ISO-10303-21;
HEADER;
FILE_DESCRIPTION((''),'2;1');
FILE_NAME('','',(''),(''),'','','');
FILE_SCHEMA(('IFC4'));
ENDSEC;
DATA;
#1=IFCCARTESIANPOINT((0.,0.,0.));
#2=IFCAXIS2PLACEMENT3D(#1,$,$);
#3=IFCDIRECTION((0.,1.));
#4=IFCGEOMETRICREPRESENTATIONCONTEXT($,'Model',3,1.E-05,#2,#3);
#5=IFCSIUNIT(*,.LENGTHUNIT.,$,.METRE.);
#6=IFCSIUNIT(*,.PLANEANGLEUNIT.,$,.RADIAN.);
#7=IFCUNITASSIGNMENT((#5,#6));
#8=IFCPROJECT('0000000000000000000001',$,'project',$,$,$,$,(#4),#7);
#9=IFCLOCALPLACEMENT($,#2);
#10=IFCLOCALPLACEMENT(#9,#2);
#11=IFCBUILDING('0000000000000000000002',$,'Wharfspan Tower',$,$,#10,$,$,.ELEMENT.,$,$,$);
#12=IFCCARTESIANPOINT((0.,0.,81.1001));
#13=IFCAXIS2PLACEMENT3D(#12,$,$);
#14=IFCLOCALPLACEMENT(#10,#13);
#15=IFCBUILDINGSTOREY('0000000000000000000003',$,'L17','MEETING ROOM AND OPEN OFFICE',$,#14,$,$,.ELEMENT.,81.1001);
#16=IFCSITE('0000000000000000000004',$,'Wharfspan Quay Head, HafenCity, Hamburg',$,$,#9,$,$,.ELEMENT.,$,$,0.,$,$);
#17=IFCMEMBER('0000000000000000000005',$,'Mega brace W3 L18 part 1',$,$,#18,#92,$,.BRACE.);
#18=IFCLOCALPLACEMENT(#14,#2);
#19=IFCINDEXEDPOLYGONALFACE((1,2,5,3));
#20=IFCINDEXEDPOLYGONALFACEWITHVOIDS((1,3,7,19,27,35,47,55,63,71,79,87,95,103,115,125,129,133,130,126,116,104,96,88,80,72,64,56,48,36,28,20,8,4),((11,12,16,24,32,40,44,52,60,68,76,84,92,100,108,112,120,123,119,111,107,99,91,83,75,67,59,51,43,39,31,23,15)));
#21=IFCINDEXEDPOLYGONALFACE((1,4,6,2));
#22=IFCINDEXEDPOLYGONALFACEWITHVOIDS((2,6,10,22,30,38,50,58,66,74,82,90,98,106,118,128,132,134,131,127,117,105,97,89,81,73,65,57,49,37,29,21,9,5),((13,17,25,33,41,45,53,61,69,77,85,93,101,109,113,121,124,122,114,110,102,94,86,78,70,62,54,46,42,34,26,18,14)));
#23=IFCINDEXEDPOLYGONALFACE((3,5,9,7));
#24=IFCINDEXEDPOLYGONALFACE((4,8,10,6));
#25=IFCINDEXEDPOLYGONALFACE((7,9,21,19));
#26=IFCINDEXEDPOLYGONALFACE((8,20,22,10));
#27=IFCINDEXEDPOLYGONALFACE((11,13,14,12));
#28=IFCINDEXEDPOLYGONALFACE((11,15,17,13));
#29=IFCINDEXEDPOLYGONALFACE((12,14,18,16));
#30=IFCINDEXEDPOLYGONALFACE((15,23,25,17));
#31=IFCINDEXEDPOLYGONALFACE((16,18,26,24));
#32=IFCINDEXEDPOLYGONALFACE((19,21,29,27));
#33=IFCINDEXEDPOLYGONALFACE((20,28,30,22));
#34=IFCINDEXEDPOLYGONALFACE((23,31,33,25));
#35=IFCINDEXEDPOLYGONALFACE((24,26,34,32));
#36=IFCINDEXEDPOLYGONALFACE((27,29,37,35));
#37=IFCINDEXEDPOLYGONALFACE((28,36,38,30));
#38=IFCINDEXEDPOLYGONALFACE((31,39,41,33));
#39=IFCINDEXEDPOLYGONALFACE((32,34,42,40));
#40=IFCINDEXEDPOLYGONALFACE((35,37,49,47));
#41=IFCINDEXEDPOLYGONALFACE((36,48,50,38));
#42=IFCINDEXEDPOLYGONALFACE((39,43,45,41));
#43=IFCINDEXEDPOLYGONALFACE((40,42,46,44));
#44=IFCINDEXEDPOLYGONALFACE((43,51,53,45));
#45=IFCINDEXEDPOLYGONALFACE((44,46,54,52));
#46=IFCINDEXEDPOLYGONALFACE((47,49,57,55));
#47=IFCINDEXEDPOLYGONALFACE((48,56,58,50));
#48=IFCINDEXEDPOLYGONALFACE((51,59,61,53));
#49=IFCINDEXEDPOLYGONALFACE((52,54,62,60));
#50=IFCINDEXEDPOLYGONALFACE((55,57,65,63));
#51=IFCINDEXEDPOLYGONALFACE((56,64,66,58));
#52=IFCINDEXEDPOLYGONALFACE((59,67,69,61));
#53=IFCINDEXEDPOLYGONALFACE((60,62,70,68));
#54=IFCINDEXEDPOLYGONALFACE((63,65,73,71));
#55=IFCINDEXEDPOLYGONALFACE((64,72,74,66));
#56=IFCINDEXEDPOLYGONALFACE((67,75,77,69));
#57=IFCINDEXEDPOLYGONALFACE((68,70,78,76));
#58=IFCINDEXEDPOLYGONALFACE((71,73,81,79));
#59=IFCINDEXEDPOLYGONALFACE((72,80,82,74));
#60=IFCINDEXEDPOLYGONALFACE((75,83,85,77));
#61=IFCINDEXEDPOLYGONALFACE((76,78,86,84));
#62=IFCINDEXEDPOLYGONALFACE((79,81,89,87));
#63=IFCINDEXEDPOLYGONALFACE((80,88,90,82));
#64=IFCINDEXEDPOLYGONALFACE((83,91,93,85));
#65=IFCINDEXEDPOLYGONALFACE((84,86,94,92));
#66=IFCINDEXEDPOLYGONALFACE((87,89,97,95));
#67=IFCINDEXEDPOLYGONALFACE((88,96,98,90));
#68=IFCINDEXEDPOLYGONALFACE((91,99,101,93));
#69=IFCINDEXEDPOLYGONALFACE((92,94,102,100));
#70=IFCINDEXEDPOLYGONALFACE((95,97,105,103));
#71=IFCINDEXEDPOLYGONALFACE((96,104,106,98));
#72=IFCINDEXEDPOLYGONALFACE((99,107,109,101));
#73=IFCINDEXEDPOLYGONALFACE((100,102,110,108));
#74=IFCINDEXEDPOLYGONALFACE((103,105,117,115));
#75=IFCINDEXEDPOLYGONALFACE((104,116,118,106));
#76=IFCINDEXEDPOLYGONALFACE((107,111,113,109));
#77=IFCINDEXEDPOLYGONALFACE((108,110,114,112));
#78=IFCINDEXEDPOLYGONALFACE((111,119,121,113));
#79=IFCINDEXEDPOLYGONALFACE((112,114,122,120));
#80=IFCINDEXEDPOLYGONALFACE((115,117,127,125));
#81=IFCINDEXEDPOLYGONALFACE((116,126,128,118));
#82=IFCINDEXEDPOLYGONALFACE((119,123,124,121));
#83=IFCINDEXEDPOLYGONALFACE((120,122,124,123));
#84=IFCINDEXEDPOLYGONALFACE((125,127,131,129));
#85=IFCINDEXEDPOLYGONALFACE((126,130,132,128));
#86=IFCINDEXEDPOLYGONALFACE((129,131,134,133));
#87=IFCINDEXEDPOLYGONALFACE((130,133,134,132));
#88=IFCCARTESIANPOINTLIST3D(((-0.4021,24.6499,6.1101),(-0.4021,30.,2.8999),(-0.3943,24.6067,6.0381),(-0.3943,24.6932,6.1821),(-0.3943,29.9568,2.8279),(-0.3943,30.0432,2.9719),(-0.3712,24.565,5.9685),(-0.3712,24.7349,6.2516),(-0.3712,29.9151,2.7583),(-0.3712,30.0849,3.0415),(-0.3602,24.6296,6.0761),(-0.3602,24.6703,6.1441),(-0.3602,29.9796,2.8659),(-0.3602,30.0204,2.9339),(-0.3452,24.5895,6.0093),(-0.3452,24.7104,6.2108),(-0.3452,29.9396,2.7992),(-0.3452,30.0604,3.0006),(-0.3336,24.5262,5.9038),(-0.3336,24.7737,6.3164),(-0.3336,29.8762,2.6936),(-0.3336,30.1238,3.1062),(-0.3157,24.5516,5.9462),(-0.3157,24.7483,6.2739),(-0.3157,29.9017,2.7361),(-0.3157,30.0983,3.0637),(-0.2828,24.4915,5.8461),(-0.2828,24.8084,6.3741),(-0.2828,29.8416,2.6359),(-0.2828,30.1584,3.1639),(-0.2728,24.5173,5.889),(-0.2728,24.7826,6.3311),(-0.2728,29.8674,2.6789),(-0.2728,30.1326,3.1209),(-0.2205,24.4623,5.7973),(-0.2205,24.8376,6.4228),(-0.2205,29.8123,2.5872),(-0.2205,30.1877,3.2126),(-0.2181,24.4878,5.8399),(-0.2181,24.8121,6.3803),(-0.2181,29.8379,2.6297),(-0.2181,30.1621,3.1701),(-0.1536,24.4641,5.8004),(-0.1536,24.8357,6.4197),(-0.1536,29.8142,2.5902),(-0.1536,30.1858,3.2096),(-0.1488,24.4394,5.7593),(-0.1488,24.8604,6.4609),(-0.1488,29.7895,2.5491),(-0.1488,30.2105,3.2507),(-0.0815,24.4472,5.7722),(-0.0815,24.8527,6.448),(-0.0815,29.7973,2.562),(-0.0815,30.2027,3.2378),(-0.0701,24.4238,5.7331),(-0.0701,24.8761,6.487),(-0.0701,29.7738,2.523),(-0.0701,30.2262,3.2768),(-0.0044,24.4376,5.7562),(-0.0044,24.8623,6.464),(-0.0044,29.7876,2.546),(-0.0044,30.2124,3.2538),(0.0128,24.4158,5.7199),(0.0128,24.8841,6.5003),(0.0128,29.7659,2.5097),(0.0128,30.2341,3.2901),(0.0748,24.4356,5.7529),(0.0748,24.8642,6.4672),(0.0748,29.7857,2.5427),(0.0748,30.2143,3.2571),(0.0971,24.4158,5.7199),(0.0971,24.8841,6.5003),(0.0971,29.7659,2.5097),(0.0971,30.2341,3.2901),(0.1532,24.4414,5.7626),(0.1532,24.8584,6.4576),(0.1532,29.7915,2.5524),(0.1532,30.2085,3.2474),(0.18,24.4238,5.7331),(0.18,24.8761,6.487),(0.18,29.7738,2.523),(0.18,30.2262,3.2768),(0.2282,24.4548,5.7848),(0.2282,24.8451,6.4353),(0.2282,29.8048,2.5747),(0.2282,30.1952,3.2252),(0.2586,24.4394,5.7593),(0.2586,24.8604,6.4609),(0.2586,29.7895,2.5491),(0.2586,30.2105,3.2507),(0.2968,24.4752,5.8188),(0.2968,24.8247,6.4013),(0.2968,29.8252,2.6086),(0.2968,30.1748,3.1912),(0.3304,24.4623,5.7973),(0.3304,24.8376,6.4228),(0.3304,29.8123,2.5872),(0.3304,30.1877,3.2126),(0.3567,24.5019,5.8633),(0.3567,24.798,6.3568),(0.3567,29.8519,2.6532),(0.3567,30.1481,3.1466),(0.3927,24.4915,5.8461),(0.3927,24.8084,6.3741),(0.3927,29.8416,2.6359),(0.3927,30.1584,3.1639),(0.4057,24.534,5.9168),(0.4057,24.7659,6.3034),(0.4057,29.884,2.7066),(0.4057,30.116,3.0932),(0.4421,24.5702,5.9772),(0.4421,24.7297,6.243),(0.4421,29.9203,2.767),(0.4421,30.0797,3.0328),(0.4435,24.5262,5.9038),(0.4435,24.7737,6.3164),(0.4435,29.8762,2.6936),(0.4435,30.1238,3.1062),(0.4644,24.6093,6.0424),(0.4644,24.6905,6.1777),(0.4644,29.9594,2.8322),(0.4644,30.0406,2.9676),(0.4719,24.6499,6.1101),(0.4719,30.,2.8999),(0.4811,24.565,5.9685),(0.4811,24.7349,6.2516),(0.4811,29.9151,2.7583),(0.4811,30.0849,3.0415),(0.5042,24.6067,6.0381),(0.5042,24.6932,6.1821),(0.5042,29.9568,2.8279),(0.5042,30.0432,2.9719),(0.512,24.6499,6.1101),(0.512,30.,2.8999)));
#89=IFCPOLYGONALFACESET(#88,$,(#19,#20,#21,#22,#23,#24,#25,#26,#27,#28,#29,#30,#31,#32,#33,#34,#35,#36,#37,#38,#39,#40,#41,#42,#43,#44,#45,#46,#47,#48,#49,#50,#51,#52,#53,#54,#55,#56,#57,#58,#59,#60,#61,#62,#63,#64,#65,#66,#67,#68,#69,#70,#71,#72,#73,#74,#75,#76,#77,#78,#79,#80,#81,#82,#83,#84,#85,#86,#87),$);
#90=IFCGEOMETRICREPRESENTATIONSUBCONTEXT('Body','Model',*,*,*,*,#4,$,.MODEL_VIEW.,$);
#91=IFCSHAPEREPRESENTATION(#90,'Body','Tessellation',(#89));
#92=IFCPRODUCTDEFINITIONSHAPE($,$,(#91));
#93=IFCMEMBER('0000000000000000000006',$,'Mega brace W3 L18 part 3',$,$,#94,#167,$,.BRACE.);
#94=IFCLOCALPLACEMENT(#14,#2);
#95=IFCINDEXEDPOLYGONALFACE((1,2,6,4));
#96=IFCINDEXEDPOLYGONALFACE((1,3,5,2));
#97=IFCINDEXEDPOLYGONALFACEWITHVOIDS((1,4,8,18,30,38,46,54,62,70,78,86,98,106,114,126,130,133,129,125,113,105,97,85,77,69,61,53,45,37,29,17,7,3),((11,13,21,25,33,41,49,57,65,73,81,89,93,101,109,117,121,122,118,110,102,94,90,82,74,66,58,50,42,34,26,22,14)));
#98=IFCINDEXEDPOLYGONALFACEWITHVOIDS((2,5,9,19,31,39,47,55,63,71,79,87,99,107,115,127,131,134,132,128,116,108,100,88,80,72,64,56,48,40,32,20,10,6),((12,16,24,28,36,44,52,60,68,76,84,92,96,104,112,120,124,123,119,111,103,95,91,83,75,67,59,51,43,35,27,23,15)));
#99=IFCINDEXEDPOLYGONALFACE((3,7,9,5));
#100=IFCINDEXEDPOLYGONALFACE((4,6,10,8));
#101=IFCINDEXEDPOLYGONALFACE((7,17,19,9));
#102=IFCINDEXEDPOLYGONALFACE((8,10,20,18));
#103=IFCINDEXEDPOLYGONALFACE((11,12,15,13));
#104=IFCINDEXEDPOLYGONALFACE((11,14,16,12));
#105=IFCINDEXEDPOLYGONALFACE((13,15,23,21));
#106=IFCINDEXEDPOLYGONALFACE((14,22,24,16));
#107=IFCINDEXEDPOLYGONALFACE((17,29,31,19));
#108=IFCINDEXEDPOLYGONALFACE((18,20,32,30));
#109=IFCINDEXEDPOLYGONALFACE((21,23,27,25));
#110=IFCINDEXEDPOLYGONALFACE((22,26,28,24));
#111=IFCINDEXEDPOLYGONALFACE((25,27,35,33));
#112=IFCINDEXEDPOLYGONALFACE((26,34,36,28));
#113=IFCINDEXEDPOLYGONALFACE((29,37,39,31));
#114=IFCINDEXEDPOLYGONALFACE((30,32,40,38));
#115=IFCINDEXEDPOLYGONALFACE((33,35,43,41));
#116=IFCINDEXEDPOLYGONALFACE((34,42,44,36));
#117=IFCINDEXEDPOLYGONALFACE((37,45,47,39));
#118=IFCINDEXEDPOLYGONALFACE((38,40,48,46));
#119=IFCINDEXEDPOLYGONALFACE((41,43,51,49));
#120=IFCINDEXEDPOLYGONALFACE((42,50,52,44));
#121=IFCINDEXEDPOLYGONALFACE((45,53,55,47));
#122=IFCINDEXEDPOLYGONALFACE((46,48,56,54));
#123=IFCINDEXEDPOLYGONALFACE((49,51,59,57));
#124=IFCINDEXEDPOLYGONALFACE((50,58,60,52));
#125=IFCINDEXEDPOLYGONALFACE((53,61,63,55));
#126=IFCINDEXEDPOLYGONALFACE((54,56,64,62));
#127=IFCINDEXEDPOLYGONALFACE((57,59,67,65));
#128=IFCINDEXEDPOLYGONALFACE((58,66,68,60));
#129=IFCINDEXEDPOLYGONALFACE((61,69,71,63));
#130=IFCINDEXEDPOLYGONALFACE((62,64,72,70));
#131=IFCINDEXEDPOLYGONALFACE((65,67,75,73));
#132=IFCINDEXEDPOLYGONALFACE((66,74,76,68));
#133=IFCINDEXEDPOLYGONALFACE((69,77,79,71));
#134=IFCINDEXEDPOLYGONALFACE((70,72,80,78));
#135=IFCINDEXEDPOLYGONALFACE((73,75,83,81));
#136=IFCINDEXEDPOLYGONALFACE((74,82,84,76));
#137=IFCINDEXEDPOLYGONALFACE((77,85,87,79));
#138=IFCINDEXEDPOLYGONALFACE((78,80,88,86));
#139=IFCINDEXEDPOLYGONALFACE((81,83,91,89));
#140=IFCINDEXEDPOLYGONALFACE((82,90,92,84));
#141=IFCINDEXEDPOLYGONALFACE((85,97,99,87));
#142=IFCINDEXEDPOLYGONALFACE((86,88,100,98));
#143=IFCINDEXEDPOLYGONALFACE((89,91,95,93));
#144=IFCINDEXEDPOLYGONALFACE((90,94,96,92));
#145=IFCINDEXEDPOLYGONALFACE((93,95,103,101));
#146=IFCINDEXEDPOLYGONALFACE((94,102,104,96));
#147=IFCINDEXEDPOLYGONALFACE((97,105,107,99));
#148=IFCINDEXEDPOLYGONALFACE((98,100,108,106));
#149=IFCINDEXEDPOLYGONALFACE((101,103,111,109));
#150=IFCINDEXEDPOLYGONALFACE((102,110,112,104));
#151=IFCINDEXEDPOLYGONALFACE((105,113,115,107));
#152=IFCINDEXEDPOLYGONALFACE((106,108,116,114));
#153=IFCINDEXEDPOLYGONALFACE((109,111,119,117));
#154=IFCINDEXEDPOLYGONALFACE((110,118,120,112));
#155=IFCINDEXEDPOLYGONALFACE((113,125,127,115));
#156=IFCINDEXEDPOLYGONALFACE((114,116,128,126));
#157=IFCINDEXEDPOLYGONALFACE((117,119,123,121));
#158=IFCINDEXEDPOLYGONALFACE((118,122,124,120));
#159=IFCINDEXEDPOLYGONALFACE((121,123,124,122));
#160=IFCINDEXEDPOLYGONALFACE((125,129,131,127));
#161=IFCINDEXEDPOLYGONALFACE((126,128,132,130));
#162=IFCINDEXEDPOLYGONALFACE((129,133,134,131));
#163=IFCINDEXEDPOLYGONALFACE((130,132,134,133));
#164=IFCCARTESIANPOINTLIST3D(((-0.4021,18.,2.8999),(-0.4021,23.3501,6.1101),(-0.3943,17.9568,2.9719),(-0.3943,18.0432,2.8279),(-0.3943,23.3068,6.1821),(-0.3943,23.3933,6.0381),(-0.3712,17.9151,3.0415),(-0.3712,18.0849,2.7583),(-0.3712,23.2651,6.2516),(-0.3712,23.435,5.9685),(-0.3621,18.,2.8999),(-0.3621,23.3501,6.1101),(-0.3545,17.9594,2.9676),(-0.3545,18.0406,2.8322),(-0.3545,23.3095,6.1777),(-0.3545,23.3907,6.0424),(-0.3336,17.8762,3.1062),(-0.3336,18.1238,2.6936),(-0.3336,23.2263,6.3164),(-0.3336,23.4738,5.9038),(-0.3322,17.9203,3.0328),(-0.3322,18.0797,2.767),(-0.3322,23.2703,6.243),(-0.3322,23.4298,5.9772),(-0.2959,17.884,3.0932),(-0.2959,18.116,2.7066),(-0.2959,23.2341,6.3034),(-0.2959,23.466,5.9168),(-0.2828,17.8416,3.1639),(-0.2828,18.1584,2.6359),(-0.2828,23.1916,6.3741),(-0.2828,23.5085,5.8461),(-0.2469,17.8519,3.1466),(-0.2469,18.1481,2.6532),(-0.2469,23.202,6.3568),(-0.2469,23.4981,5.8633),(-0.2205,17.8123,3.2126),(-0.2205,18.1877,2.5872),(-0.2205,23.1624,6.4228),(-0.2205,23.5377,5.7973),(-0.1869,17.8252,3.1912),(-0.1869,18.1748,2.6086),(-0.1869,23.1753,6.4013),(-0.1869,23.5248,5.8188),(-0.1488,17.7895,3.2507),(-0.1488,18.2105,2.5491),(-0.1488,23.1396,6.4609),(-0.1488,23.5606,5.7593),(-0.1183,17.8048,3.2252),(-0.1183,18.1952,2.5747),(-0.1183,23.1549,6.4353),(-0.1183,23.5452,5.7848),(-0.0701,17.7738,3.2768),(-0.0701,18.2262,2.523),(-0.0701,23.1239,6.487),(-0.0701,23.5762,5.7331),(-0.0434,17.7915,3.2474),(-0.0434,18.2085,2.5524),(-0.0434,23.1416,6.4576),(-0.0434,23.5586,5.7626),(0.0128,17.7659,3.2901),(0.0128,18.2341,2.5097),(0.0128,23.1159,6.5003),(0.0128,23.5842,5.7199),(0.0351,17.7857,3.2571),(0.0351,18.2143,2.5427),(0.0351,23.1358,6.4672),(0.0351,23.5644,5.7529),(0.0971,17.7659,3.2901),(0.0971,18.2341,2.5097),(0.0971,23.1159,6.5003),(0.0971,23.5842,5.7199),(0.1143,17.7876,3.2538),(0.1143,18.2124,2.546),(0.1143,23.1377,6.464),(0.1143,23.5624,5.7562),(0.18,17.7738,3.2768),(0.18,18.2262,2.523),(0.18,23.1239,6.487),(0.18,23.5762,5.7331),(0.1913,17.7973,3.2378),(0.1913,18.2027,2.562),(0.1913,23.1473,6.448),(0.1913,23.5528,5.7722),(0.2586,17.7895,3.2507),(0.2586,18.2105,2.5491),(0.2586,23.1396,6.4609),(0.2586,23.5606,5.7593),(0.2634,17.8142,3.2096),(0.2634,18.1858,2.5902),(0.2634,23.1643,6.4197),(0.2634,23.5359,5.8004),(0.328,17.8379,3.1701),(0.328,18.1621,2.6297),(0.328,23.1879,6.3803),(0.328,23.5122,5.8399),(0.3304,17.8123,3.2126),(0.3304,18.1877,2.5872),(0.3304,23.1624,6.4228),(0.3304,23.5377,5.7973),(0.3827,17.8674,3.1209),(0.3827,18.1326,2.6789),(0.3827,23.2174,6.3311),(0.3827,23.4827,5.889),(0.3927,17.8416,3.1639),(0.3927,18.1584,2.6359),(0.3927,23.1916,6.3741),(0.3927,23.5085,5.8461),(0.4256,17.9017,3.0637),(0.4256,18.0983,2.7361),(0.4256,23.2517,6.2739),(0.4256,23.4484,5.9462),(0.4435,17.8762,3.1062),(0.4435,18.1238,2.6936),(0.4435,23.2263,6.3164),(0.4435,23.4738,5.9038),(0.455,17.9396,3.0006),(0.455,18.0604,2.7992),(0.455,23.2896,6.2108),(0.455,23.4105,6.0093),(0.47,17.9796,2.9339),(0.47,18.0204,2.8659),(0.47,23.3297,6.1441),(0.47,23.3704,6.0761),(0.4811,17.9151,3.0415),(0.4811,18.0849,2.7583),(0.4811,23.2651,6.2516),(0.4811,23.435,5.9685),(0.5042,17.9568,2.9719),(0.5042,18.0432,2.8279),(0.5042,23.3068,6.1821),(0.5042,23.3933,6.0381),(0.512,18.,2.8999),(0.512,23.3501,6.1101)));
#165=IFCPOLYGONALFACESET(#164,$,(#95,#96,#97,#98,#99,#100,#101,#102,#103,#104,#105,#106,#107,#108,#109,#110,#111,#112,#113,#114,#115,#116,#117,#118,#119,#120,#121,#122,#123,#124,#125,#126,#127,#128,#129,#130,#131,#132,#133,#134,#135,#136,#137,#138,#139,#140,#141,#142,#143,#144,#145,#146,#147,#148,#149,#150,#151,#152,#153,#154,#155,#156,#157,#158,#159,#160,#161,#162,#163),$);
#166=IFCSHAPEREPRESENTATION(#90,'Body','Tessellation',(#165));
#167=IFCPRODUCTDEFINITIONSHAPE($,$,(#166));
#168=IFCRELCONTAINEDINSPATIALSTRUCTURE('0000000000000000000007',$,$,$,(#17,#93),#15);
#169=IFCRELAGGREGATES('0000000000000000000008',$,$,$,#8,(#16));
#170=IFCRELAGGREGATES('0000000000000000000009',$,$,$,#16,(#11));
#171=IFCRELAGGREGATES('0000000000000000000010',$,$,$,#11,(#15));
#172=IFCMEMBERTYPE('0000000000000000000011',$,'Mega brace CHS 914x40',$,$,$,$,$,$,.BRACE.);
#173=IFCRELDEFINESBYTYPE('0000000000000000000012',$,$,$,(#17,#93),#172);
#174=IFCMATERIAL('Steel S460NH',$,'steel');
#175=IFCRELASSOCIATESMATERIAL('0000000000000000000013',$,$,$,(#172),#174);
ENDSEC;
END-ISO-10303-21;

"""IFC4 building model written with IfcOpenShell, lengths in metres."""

from ifc_helpers import new_model, si_unit, direction, frame, origin, origin_2d, place, context, subcontext, project, spatial, hollow_circle, extrude, material, material_profile, profile_set, type_object, element, save


model = new_model("IFC4")

# Units and contexts
model_context = context("Model", 3, precision=1e-05, world=origin(), true_north=direction((0.0, 1.0)))
body_context = subcontext(model_context, "Body", "Model", "MODEL_VIEW")
ifc_project = project(units=[si_unit("LENGTHUNIT", "METRE"), si_unit("PLANEANGLEUNIT", "RADIAN")], contexts=[model_context])

# Site, building, storey
site_placement = place(None, origin())
site = spatial("IfcSite", under=ifc_project, at=site_placement, Name="Wharfspan Quay Head, HafenCity, Hamburg", CompositionType="ELEMENT", RefElevation=0.0)
building_placement = place(site_placement, origin())
building = spatial("IfcBuilding", under=site, at=building_placement, Name="Wharfspan Tower", CompositionType="ELEMENT")
storey_placement = place(building_placement, frame((0.0, 0.0, 81.1001)))
storey = spatial("IfcBuildingStorey", under=building, at=storey_placement, Name="L17", Description="MEETING ROOM AND OPEN OFFICE", CompositionType="ELEMENT", Elevation=81.1001)

# Members
ifc_material_1 = material(Name="Steel S460NH", Category="steel")
ifc_material_profile_1 = material_profile(ifc_material_1, hollow_circle(Radius=0.457, WallThickness=0.04, at=origin_2d()))
ifc_profile_set_1 = profile_set([ifc_material_profile_1], Name="Steel S460NH")
member_type_1 = type_object("IfcMemberType", Name="Mega brace CHS 914x40", PredefinedType="BRACE", material=ifc_profile_set_1)
for number, where, z_axis, x_axis, name in (
    (1, (0.0549, 30.0, 2.8999), (0.0, -0.857483, 0.514513), (1.0, 0.0, 0.0), "Mega brace W3 L18 part 1"),
    (2, (0.0549, 18.0, 2.8999), (0.0, 0.857483, 0.514513), (-1.0, 0.0, 0.0), "Mega brace W3 L18 part 3"),
):
    element("IfcMember", number, at=place(storey_placement, frame(where, z_axis=z_axis, x_axis=x_axis)), inside=storey, type_object=member_type_1, Name=name, PredefinedType="BRACE", context=body_context, shape_type="SweptSolid", body=[
        extrude(hollow_circle(Radius=0.457, WallThickness=0.04, at=origin_2d()), origin(), (0.0, 0.0, 1.0), 6.2393),
    ])

save(model, "model.ifc")
